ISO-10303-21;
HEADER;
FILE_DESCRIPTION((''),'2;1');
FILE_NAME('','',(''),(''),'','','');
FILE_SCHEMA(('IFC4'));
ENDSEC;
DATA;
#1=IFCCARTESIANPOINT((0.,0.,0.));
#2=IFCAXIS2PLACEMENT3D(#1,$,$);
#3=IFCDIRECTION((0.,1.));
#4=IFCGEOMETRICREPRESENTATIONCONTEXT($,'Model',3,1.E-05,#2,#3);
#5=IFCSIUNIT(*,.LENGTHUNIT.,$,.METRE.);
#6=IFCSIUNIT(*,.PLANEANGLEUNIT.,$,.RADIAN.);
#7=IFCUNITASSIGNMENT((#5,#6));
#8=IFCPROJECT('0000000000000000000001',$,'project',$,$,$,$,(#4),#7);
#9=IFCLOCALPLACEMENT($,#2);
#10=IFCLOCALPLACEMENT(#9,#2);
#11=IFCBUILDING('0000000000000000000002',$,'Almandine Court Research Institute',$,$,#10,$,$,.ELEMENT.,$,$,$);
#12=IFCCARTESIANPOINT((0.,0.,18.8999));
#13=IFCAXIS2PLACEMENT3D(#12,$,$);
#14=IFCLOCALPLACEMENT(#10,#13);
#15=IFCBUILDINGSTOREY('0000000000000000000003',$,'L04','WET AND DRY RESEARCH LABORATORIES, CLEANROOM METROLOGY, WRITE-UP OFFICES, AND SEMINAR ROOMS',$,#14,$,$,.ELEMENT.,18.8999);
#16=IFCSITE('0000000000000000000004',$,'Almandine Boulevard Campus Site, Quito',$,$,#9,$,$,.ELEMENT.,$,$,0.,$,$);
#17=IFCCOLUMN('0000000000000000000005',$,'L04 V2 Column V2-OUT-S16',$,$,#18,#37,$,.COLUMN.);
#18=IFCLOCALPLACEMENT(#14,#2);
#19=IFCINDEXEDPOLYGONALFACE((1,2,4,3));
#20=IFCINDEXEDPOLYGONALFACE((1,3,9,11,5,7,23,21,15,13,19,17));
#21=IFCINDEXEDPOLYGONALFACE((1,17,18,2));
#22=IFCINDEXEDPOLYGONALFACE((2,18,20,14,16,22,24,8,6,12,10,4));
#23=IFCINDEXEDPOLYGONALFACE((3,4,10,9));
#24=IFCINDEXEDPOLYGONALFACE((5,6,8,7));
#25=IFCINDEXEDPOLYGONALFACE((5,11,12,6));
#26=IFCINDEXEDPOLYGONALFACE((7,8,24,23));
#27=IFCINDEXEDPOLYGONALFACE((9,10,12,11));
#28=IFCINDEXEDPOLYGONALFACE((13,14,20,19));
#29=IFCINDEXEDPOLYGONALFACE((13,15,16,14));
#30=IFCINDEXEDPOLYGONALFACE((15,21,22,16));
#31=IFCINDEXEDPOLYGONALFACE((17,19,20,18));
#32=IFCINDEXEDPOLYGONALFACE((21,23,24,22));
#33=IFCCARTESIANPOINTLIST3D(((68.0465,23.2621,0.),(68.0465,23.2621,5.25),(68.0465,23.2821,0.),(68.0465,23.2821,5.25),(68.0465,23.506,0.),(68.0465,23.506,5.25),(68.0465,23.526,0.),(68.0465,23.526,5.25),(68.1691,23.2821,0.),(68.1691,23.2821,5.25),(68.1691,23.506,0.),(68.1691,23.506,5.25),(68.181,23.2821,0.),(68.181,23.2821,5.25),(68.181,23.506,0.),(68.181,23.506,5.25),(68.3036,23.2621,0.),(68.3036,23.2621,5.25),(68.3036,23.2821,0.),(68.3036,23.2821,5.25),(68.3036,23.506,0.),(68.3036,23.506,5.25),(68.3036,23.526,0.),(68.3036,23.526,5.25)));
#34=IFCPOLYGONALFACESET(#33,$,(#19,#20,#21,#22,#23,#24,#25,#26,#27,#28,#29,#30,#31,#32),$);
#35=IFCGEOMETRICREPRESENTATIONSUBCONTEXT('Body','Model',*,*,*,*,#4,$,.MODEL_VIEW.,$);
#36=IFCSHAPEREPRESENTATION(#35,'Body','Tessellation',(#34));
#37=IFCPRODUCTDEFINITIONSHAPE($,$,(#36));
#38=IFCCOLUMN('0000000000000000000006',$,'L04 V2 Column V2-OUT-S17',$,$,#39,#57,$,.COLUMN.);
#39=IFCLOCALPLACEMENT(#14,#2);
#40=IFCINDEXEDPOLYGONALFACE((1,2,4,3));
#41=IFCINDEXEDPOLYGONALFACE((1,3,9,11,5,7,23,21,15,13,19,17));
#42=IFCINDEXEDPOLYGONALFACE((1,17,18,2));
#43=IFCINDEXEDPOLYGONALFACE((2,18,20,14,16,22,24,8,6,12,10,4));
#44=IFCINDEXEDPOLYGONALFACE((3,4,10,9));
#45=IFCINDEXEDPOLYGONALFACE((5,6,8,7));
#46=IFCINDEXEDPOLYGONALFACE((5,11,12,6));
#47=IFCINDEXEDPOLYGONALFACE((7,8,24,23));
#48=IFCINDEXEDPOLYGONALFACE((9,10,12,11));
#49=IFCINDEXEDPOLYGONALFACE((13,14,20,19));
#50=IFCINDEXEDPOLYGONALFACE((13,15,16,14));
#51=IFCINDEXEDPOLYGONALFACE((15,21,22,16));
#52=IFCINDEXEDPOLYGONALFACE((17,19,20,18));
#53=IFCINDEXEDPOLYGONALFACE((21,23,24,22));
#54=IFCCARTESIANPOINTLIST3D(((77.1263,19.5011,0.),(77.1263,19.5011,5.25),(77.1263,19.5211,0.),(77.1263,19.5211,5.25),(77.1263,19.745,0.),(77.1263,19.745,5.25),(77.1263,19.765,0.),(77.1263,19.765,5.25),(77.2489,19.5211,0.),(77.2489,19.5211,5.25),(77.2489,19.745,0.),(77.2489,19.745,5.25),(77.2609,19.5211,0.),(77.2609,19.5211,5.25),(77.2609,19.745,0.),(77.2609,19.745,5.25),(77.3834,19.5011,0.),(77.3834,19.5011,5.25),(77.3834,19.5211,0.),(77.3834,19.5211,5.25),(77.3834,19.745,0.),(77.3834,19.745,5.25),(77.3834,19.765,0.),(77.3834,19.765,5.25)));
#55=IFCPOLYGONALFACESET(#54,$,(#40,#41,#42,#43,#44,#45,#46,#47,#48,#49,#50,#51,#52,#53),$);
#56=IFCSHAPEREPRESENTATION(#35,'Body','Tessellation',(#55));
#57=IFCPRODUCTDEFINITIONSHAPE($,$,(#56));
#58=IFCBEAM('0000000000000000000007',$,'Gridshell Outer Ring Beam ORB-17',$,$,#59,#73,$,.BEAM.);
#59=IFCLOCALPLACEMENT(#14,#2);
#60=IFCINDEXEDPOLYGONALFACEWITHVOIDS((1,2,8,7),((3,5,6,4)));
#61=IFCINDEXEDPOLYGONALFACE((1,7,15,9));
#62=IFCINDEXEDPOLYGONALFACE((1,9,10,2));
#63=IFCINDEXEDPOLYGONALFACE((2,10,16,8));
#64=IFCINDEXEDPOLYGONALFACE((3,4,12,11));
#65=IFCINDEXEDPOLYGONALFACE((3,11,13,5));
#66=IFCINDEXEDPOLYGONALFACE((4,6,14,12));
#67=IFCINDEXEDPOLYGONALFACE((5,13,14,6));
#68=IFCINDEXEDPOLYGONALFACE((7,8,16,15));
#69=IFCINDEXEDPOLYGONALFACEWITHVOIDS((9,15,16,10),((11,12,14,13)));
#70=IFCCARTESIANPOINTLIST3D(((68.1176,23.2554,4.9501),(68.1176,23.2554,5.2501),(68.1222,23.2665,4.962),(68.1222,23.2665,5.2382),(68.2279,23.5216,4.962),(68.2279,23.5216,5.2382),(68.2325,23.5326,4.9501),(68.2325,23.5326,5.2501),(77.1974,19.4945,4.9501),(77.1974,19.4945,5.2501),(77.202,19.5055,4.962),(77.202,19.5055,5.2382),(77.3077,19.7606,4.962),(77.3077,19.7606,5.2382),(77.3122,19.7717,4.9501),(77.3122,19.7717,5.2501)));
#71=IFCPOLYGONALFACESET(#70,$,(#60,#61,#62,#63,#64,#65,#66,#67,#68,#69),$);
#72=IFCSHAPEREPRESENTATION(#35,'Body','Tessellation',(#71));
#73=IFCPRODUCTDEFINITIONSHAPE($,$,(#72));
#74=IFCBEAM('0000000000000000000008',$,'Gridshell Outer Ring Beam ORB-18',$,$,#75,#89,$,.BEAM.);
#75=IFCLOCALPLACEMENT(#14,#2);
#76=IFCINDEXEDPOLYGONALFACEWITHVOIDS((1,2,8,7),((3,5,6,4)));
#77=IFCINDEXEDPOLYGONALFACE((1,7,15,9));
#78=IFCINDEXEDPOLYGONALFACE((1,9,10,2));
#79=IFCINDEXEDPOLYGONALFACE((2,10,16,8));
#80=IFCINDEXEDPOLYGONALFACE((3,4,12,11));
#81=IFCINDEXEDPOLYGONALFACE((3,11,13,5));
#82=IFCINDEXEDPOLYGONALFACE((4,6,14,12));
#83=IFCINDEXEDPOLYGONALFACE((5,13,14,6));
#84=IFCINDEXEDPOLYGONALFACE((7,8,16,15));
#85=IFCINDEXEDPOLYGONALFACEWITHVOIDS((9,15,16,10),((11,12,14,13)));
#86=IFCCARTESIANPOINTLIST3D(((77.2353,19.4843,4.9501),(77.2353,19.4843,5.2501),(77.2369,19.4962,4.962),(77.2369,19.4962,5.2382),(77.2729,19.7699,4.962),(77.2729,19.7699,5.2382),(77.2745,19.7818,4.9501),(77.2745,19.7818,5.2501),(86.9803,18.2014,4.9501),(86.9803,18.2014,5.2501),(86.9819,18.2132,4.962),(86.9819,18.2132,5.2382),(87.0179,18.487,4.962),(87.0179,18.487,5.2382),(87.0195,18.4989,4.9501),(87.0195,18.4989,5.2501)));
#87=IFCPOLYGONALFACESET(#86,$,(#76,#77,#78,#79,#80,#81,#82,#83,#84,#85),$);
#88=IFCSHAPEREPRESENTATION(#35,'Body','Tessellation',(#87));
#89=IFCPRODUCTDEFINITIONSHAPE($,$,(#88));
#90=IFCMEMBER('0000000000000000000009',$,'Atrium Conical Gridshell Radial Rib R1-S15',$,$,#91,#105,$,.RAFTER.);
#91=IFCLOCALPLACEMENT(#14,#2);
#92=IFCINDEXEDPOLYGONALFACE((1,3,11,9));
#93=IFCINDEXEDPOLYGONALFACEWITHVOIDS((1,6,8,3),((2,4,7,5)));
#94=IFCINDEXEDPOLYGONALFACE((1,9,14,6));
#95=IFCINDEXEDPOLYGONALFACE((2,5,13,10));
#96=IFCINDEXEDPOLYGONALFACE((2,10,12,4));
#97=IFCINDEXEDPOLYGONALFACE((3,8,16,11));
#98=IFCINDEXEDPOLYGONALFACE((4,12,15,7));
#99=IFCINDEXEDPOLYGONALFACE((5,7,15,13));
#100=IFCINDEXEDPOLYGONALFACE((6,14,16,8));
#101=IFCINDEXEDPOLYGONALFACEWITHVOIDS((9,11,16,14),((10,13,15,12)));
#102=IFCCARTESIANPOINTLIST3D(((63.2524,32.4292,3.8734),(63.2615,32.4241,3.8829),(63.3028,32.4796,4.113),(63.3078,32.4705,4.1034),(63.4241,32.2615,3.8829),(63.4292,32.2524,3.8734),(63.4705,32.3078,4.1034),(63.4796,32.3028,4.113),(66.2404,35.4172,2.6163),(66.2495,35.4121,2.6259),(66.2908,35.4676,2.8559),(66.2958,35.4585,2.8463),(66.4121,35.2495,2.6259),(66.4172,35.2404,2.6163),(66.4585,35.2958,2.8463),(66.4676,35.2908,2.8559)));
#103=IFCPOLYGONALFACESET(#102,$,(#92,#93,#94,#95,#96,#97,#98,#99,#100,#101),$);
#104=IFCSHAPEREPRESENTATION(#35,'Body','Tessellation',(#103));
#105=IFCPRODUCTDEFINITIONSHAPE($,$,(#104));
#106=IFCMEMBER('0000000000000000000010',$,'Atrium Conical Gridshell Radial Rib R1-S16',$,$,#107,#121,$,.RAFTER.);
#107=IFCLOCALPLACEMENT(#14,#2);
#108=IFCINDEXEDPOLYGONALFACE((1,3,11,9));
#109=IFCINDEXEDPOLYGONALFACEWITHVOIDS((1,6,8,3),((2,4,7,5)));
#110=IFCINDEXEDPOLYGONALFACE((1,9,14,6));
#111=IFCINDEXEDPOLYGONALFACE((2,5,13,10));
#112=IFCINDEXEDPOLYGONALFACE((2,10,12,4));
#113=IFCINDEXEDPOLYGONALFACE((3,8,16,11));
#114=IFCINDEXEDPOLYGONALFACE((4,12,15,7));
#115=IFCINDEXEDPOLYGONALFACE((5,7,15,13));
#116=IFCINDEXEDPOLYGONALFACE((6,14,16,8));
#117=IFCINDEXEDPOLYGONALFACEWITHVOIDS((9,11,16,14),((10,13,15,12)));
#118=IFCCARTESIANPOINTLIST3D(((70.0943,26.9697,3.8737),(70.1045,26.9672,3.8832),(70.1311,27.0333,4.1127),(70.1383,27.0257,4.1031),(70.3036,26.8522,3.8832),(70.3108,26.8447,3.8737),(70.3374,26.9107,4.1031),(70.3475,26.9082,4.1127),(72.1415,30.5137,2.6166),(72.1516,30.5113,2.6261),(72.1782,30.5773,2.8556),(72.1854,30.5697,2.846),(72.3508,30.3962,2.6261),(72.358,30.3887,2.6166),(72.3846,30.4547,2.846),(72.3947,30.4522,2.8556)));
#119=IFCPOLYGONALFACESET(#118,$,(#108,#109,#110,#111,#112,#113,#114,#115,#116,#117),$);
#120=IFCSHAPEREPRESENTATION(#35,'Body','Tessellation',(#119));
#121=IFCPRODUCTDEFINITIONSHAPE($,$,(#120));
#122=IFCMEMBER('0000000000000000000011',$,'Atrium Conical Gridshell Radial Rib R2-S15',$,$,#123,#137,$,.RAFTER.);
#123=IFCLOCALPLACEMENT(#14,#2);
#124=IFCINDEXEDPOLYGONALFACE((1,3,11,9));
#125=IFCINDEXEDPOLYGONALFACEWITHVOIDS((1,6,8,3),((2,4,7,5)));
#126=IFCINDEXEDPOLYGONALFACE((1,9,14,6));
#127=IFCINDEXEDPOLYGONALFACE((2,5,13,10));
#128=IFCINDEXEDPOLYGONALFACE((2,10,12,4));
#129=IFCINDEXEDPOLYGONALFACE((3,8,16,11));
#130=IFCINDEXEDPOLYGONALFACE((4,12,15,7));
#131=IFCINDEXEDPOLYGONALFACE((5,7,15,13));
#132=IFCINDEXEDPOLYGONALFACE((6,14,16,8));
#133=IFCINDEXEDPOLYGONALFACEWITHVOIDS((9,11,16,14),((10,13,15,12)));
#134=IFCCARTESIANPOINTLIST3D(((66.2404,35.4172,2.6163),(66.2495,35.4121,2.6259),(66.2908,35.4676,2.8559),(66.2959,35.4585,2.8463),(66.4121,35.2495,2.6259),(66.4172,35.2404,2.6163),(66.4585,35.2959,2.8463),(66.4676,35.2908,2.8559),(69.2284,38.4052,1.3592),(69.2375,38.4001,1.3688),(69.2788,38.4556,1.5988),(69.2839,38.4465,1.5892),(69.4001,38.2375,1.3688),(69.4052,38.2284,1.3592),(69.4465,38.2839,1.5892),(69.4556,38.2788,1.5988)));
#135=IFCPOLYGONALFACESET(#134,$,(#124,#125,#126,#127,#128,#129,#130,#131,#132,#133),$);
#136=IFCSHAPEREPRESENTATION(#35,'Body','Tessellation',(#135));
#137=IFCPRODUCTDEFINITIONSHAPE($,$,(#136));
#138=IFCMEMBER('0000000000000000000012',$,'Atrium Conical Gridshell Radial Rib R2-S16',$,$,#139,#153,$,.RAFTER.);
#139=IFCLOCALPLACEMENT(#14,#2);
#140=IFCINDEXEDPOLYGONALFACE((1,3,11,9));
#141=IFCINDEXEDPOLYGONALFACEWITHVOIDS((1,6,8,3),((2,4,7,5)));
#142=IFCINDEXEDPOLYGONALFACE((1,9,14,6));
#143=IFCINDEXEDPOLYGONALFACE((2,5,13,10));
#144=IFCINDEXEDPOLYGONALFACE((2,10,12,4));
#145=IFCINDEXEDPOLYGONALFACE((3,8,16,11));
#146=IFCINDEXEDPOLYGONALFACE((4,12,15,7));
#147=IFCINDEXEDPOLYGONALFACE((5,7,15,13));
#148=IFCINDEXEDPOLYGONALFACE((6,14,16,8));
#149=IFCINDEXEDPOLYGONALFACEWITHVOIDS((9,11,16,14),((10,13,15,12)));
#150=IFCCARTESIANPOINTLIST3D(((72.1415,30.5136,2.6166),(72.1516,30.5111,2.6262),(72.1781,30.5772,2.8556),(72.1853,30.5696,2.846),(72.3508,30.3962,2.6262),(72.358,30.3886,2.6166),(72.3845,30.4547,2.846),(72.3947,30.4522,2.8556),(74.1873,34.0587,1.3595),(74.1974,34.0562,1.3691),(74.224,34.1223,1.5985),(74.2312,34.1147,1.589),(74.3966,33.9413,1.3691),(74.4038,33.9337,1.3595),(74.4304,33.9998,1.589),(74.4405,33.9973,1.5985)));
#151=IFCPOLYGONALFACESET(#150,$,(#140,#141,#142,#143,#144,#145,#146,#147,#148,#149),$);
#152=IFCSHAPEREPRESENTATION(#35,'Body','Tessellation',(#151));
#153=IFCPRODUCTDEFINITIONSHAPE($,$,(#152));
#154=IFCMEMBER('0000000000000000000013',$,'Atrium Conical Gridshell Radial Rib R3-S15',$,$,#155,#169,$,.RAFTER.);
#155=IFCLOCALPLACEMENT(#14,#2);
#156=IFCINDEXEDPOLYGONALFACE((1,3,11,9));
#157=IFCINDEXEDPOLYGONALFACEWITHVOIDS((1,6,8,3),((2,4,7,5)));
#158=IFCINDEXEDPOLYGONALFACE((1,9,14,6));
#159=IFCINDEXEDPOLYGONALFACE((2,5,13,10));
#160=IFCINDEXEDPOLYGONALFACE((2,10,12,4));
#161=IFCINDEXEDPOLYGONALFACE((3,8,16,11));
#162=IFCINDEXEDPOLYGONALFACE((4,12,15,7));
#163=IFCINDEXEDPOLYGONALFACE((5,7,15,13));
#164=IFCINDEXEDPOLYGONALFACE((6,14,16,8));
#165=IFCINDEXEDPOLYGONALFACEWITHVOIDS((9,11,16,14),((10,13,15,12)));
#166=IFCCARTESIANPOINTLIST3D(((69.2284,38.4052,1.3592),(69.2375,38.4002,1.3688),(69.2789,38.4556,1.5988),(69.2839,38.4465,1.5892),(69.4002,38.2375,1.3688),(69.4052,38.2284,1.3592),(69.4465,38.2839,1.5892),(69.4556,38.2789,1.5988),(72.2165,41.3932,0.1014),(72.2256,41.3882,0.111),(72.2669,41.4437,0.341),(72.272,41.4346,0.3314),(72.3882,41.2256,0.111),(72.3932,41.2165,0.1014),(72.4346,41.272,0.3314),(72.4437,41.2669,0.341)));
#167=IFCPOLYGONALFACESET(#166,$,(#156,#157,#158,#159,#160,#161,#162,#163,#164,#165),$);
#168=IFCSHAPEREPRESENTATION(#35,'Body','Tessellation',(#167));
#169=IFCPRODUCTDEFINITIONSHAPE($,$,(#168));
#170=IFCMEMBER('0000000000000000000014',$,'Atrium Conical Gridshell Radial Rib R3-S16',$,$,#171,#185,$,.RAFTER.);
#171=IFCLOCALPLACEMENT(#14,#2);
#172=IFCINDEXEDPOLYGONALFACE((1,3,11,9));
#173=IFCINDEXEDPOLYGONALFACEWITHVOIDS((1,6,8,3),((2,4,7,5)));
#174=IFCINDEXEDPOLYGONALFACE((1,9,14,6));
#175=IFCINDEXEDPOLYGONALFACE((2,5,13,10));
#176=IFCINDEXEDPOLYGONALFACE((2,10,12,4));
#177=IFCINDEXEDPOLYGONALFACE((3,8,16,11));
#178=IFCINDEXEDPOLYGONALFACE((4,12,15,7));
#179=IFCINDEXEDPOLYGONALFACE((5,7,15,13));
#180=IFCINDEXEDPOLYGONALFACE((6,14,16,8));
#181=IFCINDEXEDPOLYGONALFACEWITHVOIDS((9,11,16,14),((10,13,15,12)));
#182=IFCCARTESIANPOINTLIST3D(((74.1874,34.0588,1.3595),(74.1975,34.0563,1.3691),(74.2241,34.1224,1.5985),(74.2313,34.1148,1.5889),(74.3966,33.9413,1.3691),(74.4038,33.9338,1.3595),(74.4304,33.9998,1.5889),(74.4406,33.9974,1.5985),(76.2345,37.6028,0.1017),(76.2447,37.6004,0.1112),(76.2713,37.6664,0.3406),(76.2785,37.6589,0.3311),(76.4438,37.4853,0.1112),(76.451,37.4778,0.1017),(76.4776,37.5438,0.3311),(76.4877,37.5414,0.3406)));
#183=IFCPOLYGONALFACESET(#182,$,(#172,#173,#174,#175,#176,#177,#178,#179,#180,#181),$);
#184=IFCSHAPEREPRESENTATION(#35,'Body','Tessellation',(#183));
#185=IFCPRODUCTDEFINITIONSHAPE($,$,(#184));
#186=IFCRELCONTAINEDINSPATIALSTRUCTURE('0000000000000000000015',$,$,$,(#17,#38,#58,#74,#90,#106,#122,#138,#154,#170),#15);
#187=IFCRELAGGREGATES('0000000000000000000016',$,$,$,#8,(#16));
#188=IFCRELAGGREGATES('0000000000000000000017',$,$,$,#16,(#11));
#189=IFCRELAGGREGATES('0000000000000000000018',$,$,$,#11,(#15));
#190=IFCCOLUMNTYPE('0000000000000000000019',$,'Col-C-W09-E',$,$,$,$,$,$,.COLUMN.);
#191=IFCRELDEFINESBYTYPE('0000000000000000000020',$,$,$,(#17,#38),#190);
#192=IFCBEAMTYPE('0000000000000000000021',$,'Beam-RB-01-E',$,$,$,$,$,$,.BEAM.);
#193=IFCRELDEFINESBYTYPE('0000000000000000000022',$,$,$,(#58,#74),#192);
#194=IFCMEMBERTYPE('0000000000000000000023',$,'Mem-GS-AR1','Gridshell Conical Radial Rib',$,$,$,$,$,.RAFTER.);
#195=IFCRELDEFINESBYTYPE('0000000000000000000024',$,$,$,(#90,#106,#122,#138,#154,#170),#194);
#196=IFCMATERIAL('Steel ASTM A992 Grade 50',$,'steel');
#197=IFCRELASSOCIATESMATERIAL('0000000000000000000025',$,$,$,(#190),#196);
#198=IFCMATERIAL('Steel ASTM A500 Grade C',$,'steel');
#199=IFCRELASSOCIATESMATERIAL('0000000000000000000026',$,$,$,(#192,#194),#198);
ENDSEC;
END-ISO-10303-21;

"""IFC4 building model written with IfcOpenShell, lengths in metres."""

from ifc_helpers import new_model, si_unit, direction, frame, origin, origin_2d, place, context, subcontext, project, spatial, hollow_rectangle, i_section, extrude, material, material_profile, profile_set, type_object, element, save


model = new_model("IFC4")

# Units and contexts
model_context = context("Model", 3, precision=1e-05, world=origin(), true_north=direction((0.0, 1.0)))
body_context = subcontext(model_context, "Body", "Model", "MODEL_VIEW")
ifc_project = project(units=[si_unit("LENGTHUNIT", "METRE"), si_unit("PLANEANGLEUNIT", "RADIAN")], contexts=[model_context])

# Site, building, storey
site_placement = place(None, origin())
site = spatial("IfcSite", under=ifc_project, at=site_placement, Name="Almandine Boulevard Campus Site, Quito", CompositionType="ELEMENT", RefElevation=0.0)
building_placement = place(site_placement, origin())
building = spatial("IfcBuilding", under=site, at=building_placement, Name="Almandine Court Research Institute", CompositionType="ELEMENT")
storey_placement = place(building_placement, frame((0.0, 0.0, 18.8999)))
storey = spatial("IfcBuildingStorey", under=building, at=storey_placement, Name="L04", Description="WET AND DRY RESEARCH LABORATORIES, CLEANROOM METROLOGY, WRITE-UP OFFICES, AND SEMINAR ROOMS", CompositionType="ELEMENT", Elevation=18.8999)

# Columns
ifc_material_1 = material(Name="Steel ASTM A992 Grade 50", Category="steel")
ifc_material_profile_1 = material_profile(ifc_material_1, i_section(OverallWidth=0.2571, OverallDepth=0.2639, WebThickness=0.012, FlangeThickness=0.02, at=origin_2d()), Name="W250x101")
ifc_profile_set_1 = profile_set([ifc_material_profile_1], Name="Steel ASTM A992 Grade 50")
column_type = type_object("IfcColumnType", Name="Col-C-W09-E", PredefinedType="COLUMN", material=ifc_profile_set_1)
for number, where, z_axis, x_axis, name in (
    (1, (68.175, 23.394, 0.0), (0.0, 0.0, 1.0), (1.0, 0.0, 0.0), "L04 V2 Column V2-OUT-S16"),
    (2, (77.2549, 19.6331, 0.0), (0.0, 0.0, 1.0), (1.0, 0.0, 0.0), "L04 V2 Column V2-OUT-S17"),
):
    element("IfcColumn", number, at=place(storey_placement, frame(where, z_axis=z_axis, x_axis=x_axis)), inside=storey, type_object=column_type, Name=name, PredefinedType="COLUMN", context=body_context, shape_type="SweptSolid", body=[
        extrude(i_section(OverallWidth=0.2571, OverallDepth=0.2639, WebThickness=0.012, FlangeThickness=0.02, at=origin_2d()), origin(), (0.0, 0.0, 1.0), 5.25),
    ])

# Beams
ifc_material_2 = material(Name="Steel ASTM A500 Grade C", Category="steel")
ifc_material_profile_2 = material_profile(ifc_material_2, hollow_rectangle(XDim=0.3, YDim=0.3, WallThickness=0.012, at=origin_2d()), Name="HSS 300x300x12")
ifc_profile_set_2 = profile_set([ifc_material_profile_2], Name="Steel ASTM A500 Grade C")
beam_type = type_object("IfcBeamType", Name="Beam-RB-01-E", PredefinedType="BEAM", material=ifc_profile_set_2)
beam_1_placement = place(storey_placement, frame((68.175, 23.394, 5.1001), z_axis=(0.92388, -0.382683, 0.0), x_axis=(0.382683, 0.92388, 0.0)))
element("IfcBeam", 3, at=beam_1_placement, inside=storey, type_object=beam_type, Name="Gridshell Outer Ring Beam ORB-17", PredefinedType="BEAM", context=body_context, shape_type="SweptSolid", body=[
    extrude(hollow_rectangle(XDim=0.3, YDim=0.3, WallThickness=0.012, at=origin_2d()), origin(), (0.0, 0.0, 1.0), 9.8279),
])
beam_2_placement = place(storey_placement, frame((77.2549, 19.6331, 5.1001), z_axis=(0.991445, -0.130525, 0.0), x_axis=(0.130525, 0.991445, 0.0)))
element("IfcBeam", 4, at=beam_2_placement, inside=storey, type_object=beam_type, Name="Gridshell Outer Ring Beam ORB-18", PredefinedType="BEAM", context=body_context, shape_type="SweptSolid", body=[
    extrude(hollow_rectangle(XDim=0.3, YDim=0.3, WallThickness=0.012, at=origin_2d()), origin(), (0.0, 0.0, 1.0), 9.8291),
])

# Members
ifc_material_profile_3 = material_profile(ifc_material_2, hollow_rectangle(XDim=0.25, YDim=0.25, WallThickness=0.01, at=origin_2d()), Name="HSS 250x250x10")
ifc_profile_set_3 = profile_set([ifc_material_profile_3], Name="Steel ASTM A500 Grade C")
member_type_1 = type_object("IfcMemberType", Name="Mem-GS-AR1", Description="Gridshell Conical Radial Rib", PredefinedType="RAFTER", material=ifc_profile_set_3)
member_1_placement = place(storey_placement, frame((63.366, 32.366, 3.9932), z_axis=(0.677753, 0.677753, -0.285134), x_axis=(-0.707107, 0.707107, 0.0)))
element("IfcMember", 5, at=member_1_placement, inside=storey, type_object=member_type_1, Name="Atrium Conical Gridshell Radial Rib R1-S15", PredefinedType="RAFTER", context=body_context, shape_type="SweptSolid", body=[
    extrude(hollow_rectangle(XDim=0.25, YDim=0.25, WallThickness=0.01, at=origin_2d()), origin(), (0.0, 0.0, 1.0), 4.4087),
])
member_2_placement = place(storey_placement, frame((70.2209, 26.939, 3.9932), z_axis=(0.478141, 0.827751, -0.293613), x_axis=(-0.865917, 0.500187, 0.0)))
element("IfcMember", 6, at=member_2_placement, inside=storey, type_object=member_type_1, Name="Atrium Conical Gridshell Radial Rib R1-S16", PredefinedType="RAFTER", context=body_context, shape_type="SweptSolid", body=[
    extrude(hollow_rectangle(XDim=0.25, YDim=0.25, WallThickness=0.01, at=origin_2d()), origin(), (0.0, 0.0, 1.0), 4.2815),
])
member_3_placement = place(storey_placement, frame((66.354, 35.354, 2.7361), z_axis=(0.677753, 0.677753, -0.285134), x_axis=(-0.707107, 0.707107, 0.0)))
element("IfcMember", 7, at=member_3_placement, inside=storey, type_object=member_type_1, Name="Atrium Conical Gridshell Radial Rib R2-S15", PredefinedType="RAFTER", context=body_context, shape_type="SweptSolid", body=[
    extrude(hollow_rectangle(XDim=0.25, YDim=0.25, WallThickness=0.01, at=origin_2d()), origin(), (0.0, 0.0, 1.0), 4.4087),
])
member_4_placement = place(storey_placement, frame((72.2681, 30.4829, 2.7361), z_axis=(0.477808, 0.827954, -0.293584), x_axis=(-0.866121, 0.499834, 0.0)))
element("IfcMember", 8, at=member_4_placement, inside=storey, type_object=member_type_1, Name="Atrium Conical Gridshell Radial Rib R2-S16", PredefinedType="RAFTER", context=body_context, shape_type="SweptSolid", body=[
    extrude(hollow_rectangle(XDim=0.25, YDim=0.25, WallThickness=0.01, at=origin_2d()), origin(), (0.0, 0.0, 1.0), 4.2817),
])
member_5_placement = place(storey_placement, frame((69.342, 38.342, 1.479), z_axis=(0.677721, 0.677721, -0.285286), x_axis=(-0.707107, 0.707107, 0.0)))
element("IfcMember", 9, at=member_5_placement, inside=storey, type_object=member_type_1, Name="Atrium Conical Gridshell Radial Rib R3-S15", PredefinedType="RAFTER", context=body_context, shape_type="SweptSolid", body=[
    extrude(hollow_rectangle(XDim=0.25, YDim=0.25, WallThickness=0.01, at=origin_2d()), origin(), (0.0, 0.0, 1.0), 4.4089),
])
member_6_placement = place(storey_placement, frame((74.314, 34.0281, 1.479), z_axis=(0.478117, 0.82771, -0.29377), x_axis=(-0.865917, 0.500187, 0.0)))
element("IfcMember", 10, at=member_6_placement, inside=storey, type_object=member_type_1, Name="Atrium Conical Gridshell Radial Rib R3-S16", PredefinedType="RAFTER", context=body_context, shape_type="SweptSolid", body=[
    extrude(hollow_rectangle(XDim=0.25, YDim=0.25, WallThickness=0.01, at=origin_2d()), origin(), (0.0, 0.0, 1.0), 4.2817),
])

save(model, "model.ifc")
